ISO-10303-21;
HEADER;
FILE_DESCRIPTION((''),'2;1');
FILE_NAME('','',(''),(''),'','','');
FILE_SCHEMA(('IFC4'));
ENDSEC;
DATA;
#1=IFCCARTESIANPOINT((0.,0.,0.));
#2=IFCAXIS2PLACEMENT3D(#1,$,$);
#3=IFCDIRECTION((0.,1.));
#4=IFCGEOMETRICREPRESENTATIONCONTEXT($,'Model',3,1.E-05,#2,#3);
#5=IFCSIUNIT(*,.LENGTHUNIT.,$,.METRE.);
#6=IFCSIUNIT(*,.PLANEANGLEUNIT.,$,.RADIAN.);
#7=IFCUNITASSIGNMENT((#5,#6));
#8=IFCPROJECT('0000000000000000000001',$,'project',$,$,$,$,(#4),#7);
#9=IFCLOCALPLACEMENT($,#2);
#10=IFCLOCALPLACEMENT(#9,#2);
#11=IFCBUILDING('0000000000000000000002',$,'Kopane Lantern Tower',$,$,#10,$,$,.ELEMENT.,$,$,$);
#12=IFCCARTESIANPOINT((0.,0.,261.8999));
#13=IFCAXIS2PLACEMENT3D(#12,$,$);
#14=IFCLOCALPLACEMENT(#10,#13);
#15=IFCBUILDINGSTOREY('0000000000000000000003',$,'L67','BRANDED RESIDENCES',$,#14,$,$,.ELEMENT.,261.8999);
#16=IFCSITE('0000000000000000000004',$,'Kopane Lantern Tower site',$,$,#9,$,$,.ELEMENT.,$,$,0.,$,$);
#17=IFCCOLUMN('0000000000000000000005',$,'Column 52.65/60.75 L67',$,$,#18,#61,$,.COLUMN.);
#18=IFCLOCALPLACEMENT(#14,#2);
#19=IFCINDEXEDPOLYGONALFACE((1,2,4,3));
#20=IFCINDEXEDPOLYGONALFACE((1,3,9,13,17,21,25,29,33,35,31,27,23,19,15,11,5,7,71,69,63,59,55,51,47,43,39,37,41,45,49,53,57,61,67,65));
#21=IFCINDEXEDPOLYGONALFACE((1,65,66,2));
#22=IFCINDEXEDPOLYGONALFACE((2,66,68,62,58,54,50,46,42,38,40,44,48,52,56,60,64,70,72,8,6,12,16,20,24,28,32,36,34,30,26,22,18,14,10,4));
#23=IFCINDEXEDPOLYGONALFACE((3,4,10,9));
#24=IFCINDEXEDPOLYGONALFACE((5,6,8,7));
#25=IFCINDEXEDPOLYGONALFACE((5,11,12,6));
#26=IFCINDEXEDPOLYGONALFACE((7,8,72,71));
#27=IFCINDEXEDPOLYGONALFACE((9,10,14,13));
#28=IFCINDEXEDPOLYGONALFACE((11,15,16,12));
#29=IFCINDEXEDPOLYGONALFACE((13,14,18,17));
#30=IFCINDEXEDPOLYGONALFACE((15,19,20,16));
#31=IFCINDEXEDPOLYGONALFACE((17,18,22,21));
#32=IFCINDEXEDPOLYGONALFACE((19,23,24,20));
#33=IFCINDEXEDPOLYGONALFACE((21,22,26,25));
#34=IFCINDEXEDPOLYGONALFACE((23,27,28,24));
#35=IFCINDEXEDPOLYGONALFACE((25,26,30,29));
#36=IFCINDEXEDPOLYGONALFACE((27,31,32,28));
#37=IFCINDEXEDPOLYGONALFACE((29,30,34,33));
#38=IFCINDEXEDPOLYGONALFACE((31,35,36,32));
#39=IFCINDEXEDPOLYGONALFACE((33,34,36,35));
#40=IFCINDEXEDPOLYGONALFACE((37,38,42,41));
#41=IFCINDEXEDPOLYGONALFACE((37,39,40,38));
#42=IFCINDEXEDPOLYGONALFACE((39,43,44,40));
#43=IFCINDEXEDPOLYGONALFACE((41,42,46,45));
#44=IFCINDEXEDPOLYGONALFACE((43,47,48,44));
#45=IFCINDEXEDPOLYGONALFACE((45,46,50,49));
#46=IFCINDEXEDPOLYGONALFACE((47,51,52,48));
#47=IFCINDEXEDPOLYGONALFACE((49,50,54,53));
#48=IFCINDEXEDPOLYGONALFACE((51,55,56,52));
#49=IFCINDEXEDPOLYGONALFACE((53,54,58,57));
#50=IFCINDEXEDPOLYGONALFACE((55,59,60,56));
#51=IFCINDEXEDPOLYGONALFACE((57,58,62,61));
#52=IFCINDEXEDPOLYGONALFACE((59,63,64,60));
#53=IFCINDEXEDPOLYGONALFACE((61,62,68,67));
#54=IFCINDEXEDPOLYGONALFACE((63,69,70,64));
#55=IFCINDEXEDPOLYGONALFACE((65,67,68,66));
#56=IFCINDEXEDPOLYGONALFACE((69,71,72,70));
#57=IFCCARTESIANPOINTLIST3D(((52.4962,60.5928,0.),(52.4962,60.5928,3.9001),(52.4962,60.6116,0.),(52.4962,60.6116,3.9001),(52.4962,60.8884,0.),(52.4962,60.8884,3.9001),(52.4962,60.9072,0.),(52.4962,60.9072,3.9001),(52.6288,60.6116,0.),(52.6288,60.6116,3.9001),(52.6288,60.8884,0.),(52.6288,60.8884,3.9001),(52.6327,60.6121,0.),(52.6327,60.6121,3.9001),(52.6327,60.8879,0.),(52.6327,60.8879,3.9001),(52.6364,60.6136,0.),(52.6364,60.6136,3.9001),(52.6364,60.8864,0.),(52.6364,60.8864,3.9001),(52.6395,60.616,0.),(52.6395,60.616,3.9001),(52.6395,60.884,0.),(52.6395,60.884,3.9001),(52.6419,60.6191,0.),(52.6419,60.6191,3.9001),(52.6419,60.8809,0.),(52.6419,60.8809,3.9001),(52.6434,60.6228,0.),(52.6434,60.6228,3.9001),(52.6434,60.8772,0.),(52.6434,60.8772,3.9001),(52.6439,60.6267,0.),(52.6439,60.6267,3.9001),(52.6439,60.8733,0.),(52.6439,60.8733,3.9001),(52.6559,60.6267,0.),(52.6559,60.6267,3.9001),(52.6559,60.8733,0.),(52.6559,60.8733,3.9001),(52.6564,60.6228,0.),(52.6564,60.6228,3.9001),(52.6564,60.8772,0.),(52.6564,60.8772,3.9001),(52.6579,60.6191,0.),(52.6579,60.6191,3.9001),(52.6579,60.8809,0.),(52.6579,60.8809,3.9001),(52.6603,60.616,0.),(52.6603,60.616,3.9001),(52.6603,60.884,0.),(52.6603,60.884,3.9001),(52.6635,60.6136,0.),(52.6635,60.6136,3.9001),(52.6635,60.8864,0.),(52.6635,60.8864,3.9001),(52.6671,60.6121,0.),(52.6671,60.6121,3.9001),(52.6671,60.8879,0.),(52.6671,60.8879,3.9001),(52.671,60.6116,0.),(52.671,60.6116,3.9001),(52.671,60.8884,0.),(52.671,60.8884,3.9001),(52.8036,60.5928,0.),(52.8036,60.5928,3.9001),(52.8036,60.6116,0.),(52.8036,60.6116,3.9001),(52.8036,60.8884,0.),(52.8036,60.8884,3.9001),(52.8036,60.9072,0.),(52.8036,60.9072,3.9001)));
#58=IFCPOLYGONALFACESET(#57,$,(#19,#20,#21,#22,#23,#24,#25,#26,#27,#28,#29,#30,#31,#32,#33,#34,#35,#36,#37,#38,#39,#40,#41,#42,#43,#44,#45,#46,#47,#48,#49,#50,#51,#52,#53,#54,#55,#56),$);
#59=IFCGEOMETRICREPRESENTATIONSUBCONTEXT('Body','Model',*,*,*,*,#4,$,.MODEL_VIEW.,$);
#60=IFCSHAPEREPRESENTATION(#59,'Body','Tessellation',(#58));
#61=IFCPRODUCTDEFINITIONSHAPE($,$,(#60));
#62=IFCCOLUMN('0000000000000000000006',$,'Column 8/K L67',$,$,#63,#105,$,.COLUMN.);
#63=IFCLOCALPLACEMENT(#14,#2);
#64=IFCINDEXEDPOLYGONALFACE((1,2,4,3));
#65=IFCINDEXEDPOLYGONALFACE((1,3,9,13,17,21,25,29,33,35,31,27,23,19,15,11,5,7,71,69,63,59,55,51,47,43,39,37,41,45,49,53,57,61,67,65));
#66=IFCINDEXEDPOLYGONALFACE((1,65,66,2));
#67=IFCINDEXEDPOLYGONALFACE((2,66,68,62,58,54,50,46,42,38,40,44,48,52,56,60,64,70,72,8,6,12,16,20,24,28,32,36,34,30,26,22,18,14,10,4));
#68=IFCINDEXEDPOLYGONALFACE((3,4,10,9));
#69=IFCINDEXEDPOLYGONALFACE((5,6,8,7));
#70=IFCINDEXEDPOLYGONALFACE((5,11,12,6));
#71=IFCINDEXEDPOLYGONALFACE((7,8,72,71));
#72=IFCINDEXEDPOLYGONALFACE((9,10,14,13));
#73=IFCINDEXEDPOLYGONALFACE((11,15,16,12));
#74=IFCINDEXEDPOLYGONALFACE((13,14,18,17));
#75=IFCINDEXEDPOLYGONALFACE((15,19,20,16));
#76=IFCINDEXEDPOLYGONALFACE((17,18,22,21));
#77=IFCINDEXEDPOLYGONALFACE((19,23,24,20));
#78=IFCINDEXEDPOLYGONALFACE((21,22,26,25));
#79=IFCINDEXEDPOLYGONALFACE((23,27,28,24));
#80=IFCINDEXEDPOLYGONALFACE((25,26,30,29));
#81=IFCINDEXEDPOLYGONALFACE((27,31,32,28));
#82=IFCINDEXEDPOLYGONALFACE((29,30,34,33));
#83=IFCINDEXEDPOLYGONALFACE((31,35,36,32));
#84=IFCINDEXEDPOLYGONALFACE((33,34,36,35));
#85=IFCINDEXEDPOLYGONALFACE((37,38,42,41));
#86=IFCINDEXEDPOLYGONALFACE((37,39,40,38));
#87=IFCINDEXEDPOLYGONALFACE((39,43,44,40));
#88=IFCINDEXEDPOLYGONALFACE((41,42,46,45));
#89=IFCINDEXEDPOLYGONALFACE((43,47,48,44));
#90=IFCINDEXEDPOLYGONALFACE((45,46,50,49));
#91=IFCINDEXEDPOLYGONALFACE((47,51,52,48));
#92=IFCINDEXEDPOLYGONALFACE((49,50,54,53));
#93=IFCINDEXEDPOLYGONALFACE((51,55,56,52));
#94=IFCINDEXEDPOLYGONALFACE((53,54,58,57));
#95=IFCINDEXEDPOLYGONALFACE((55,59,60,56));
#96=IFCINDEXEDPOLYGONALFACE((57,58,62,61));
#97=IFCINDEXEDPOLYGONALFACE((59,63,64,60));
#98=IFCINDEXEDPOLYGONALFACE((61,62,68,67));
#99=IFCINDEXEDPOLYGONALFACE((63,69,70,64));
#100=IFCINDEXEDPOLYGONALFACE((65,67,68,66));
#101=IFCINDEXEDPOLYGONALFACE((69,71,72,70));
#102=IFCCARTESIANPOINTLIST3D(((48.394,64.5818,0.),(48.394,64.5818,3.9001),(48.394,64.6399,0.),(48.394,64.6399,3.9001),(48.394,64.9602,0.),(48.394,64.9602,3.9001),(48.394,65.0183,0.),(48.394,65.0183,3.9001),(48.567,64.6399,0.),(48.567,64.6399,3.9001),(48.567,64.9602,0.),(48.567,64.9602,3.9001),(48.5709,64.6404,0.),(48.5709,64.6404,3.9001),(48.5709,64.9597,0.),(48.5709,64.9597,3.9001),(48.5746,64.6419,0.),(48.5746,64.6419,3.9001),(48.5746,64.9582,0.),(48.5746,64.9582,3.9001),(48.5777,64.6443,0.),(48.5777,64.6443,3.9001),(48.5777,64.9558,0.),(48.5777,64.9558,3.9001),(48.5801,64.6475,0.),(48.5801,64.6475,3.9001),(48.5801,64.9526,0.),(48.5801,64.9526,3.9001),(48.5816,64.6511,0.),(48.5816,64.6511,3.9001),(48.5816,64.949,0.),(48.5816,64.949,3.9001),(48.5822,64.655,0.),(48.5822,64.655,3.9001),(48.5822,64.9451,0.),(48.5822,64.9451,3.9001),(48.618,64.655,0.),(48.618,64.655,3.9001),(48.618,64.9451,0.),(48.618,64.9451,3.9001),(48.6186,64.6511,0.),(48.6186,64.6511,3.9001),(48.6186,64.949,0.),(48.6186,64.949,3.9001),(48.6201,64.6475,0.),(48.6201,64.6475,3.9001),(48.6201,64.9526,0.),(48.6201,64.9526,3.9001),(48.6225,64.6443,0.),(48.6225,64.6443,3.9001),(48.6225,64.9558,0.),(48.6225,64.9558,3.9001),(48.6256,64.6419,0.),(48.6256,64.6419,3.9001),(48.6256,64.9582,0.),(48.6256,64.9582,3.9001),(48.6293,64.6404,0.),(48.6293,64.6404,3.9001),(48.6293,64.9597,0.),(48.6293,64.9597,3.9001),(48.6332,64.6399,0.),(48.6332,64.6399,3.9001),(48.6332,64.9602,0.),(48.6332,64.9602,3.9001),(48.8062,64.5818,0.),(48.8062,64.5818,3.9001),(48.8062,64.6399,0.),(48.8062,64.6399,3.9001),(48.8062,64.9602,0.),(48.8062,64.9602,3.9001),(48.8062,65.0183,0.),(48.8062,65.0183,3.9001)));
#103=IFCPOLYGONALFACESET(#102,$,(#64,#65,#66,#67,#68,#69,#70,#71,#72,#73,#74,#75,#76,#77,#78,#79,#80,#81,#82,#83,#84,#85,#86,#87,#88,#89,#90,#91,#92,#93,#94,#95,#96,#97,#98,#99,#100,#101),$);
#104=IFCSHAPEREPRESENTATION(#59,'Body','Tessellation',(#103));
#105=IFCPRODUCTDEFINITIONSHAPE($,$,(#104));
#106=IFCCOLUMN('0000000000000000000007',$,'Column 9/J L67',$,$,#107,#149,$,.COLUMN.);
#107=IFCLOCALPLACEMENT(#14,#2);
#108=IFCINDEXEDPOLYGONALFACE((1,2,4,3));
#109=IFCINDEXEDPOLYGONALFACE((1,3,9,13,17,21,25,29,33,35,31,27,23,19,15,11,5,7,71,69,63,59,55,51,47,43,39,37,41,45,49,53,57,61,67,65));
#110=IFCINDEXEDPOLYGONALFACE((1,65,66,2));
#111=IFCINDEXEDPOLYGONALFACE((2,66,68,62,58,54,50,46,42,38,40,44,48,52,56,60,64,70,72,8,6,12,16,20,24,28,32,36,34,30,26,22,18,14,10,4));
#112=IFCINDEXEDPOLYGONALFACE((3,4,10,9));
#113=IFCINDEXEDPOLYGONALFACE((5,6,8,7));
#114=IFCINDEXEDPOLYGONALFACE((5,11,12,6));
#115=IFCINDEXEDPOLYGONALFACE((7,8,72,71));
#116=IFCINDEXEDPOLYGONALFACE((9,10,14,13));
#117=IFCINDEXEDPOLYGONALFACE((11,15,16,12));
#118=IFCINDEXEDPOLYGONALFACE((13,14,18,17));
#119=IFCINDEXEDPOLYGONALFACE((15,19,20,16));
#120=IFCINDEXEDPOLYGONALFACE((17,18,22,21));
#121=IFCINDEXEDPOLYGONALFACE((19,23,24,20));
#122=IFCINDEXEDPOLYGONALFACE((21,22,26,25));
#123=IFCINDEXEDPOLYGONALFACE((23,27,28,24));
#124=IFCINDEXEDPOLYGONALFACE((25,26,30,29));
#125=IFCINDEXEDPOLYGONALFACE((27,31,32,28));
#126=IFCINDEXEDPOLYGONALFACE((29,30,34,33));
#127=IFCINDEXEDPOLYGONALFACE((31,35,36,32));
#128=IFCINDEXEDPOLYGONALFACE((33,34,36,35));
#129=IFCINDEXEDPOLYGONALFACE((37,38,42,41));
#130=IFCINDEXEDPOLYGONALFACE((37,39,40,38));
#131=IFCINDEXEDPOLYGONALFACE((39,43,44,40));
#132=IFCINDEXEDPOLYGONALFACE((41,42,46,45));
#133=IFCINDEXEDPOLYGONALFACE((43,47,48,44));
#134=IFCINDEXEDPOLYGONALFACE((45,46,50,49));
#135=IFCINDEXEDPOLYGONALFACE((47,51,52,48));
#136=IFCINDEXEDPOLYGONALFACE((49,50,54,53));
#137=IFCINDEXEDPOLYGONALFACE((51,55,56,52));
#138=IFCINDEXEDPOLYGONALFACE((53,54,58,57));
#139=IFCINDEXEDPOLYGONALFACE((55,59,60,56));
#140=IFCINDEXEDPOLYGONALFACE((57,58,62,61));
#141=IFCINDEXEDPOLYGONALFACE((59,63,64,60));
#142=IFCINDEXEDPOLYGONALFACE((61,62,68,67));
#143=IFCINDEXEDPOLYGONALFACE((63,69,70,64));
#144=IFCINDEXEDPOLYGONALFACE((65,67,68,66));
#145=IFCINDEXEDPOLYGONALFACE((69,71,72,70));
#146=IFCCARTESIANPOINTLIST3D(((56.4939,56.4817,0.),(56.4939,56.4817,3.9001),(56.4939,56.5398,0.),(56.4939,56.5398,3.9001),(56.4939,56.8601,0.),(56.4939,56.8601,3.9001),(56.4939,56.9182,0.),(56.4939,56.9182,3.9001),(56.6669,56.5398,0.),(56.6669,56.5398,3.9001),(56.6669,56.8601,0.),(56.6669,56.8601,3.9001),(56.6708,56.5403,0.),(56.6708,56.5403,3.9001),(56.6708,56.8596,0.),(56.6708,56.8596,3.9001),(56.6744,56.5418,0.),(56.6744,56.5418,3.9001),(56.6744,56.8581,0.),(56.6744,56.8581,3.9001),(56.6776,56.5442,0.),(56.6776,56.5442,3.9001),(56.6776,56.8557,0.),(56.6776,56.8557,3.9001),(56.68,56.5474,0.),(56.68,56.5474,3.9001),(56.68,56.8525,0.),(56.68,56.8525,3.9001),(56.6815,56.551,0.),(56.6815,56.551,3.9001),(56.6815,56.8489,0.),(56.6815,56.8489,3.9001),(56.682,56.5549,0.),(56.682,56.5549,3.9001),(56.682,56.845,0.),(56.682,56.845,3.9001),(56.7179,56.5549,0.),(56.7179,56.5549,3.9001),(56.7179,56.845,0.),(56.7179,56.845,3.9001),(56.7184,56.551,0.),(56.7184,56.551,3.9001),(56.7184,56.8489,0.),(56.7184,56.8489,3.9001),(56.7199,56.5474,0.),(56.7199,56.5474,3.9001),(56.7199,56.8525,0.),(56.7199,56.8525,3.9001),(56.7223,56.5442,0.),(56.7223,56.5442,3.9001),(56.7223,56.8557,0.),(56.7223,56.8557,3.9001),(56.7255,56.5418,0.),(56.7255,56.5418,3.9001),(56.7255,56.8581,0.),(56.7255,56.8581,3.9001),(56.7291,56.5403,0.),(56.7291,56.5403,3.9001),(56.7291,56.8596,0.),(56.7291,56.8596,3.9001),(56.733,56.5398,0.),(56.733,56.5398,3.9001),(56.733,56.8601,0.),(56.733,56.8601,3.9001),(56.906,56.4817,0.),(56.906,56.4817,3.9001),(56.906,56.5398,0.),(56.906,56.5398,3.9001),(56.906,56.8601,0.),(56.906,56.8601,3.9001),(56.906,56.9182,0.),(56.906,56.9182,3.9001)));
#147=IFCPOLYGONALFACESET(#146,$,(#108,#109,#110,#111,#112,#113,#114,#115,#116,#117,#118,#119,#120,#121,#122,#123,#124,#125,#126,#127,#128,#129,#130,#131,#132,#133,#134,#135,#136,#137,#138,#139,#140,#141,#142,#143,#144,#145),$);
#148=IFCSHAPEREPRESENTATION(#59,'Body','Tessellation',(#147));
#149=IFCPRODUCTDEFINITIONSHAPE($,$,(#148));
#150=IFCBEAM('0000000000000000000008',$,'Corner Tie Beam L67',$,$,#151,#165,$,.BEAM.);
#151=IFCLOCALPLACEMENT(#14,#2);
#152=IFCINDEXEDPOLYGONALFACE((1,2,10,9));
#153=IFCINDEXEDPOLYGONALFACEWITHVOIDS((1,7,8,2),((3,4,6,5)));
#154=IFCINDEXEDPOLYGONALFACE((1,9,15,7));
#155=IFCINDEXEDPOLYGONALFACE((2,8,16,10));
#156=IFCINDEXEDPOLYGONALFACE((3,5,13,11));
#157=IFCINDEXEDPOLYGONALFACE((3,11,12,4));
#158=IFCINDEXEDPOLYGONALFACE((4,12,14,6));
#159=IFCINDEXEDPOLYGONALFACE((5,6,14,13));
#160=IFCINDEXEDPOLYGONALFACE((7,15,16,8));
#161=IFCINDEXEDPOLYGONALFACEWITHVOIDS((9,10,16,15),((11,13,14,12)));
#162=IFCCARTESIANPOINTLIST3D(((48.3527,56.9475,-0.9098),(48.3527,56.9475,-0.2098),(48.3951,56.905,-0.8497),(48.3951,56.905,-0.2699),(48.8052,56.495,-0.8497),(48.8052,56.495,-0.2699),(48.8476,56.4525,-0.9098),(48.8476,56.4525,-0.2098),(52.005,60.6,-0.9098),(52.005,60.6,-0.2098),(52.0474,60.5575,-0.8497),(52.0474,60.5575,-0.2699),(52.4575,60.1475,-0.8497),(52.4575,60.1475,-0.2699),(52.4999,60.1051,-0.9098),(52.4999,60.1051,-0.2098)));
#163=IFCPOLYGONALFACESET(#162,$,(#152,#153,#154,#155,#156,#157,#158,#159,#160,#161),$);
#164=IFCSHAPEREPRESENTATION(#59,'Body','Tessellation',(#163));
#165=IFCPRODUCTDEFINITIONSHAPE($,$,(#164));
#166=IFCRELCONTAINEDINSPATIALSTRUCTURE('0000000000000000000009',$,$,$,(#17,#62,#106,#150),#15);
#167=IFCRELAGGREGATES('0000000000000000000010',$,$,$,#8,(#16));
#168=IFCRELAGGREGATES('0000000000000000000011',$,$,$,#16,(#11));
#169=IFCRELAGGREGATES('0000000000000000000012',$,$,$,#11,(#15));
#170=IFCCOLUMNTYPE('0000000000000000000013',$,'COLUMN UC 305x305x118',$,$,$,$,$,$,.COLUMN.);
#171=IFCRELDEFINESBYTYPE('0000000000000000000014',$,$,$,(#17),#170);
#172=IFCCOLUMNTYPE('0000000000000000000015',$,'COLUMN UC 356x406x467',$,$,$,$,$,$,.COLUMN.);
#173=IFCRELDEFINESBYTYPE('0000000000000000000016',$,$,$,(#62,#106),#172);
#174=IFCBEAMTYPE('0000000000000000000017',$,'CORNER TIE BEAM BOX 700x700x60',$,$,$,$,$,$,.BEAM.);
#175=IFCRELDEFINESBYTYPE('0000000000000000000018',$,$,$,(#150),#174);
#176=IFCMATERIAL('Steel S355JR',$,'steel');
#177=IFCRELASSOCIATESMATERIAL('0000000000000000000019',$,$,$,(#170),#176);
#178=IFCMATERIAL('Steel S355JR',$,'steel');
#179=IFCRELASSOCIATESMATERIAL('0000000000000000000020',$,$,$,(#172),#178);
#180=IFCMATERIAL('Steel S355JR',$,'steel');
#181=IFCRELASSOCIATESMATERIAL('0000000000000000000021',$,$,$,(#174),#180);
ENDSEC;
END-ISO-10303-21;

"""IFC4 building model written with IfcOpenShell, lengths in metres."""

from ifc_helpers import new_model, si_unit, direction, frame, origin, origin_2d, place, context, subcontext, project, spatial, hollow_rectangle, i_section, extrude, material, material_profile, profile_set, type_object, element, save


model = new_model("IFC4")

# Units and contexts
model_context = context("Model", 3, precision=1e-05, world=origin(), true_north=direction((0.0, 1.0)))
body_context = subcontext(model_context, "Body", "Model", "MODEL_VIEW")
ifc_project = project(units=[si_unit("LENGTHUNIT", "METRE"), si_unit("PLANEANGLEUNIT", "RADIAN")], contexts=[model_context])

# Site, building, storey
site_placement = place(None, origin())
site = spatial("IfcSite", under=ifc_project, at=site_placement, Name="Kopane Lantern Tower site", CompositionType="ELEMENT", RefElevation=0.0)
building_placement = place(site_placement, origin())
building = spatial("IfcBuilding", under=site, at=building_placement, Name="Kopane Lantern Tower", CompositionType="ELEMENT")
storey_placement = place(building_placement, frame((0.0, 0.0, 261.8999)))
storey = spatial("IfcBuildingStorey", under=building, at=storey_placement, Name="L67", Description="BRANDED RESIDENCES", CompositionType="ELEMENT", Elevation=261.8999)

# Columns
ifc_material_1 = material(Name="Steel S355JR", Category="steel")
ifc_material_profile_1 = material_profile(ifc_material_1, i_section(OverallWidth=0.3074, OverallDepth=0.3145, WebThickness=0.012, FlangeThickness=0.0188, FilletRadius=0.0151, at=origin_2d()), Name="UC 305x305x118")
ifc_profile_set_1 = profile_set([ifc_material_profile_1], Name="Steel S355JR")
column_type_1 = type_object("IfcColumnType", Name="COLUMN UC 305x305x118", PredefinedType="COLUMN", material=ifc_profile_set_1)
column_placement = place(storey_placement, frame((52.6499, 60.75, 0.0), z_axis=(0.0, 0.0, 1.0), x_axis=(1.0, 0.0, 0.0)))
element("IfcColumn", 1, at=column_placement, inside=storey, type_object=column_type_1, Name="Column 52.65/60.75 L67", PredefinedType="COLUMN", context=body_context, shape_type="SweptSolid", body=[
    extrude(i_section(OverallWidth=0.3074, OverallDepth=0.3145, WebThickness=0.012, FlangeThickness=0.0188, FilletRadius=0.0151, at=origin_2d()), origin(), (0.0, 0.0, 1.0), 3.9001),
])
ifc_material_2 = material(Name="Steel S355JR", Category="steel")
ifc_material_profile_2 = material_profile(ifc_material_2, i_section(OverallWidth=0.4121, OverallDepth=0.4365, WebThickness=0.0359, FlangeThickness=0.0581, FilletRadius=0.0151, at=origin_2d()), Name="UC 356x406x467")
ifc_profile_set_2 = profile_set([ifc_material_profile_2], Name="Steel S355JR")
column_type_2 = type_object("IfcColumnType", Name="COLUMN UC 356x406x467", PredefinedType="COLUMN", material=ifc_profile_set_2)
for number, where, z_axis, x_axis, name in (
    (2, (48.6001, 64.8, 0.0), (0.0, 0.0, 1.0), (1.0, 0.0, 0.0), "Column 8/K L67"),
    (3, (56.7, 56.7, 0.0), (0.0, 0.0, 1.0), (1.0, 0.0, 0.0), "Column 9/J L67"),
):
    element("IfcColumn", number, at=place(storey_placement, frame(where, z_axis=z_axis, x_axis=x_axis)), inside=storey, type_object=column_type_2, Name=name, PredefinedType="COLUMN", context=body_context, shape_type="SweptSolid", body=[
        extrude(i_section(OverallWidth=0.4121, OverallDepth=0.4365, WebThickness=0.0359, FlangeThickness=0.0581, FilletRadius=0.0151, at=origin_2d()), origin(), (0.0, 0.0, 1.0), 3.9001),
    ])

# Beam
ifc_material_3 = material(Name="Steel S355JR", Category="steel")
ifc_material_profile_3 = material_profile(ifc_material_3, hollow_rectangle(XDim=0.7, YDim=0.7, WallThickness=0.0601, at=origin_2d()), Name="BOX 700x700x60")
ifc_profile_set_3 = profile_set([ifc_material_profile_3], Name="Steel S355JR")
beam_type_1 = type_object("IfcBeamType", Name="CORNER TIE BEAM BOX 700x700x60", PredefinedType="BEAM", material=ifc_profile_set_3)
beam_1_placement = place(storey_placement, frame((52.2524, 60.3525, -0.5598), z_axis=(-0.707083, -0.70713, 0.0), x_axis=(0.70713, -0.707083, 0.0)))
element("IfcBeam", 4, at=beam_1_placement, inside=storey, type_object=beam_type_1, Name="Corner Tie Beam L67", PredefinedType="BEAM", context=body_context, shape_type="SweptSolid", body=[
    extrude(hollow_rectangle(XDim=0.7, YDim=0.7, WallThickness=0.0601, at=origin_2d()), origin(), (0.0, 0.0, 1.0), 5.1653),
])

save(model, "model.ifc")
